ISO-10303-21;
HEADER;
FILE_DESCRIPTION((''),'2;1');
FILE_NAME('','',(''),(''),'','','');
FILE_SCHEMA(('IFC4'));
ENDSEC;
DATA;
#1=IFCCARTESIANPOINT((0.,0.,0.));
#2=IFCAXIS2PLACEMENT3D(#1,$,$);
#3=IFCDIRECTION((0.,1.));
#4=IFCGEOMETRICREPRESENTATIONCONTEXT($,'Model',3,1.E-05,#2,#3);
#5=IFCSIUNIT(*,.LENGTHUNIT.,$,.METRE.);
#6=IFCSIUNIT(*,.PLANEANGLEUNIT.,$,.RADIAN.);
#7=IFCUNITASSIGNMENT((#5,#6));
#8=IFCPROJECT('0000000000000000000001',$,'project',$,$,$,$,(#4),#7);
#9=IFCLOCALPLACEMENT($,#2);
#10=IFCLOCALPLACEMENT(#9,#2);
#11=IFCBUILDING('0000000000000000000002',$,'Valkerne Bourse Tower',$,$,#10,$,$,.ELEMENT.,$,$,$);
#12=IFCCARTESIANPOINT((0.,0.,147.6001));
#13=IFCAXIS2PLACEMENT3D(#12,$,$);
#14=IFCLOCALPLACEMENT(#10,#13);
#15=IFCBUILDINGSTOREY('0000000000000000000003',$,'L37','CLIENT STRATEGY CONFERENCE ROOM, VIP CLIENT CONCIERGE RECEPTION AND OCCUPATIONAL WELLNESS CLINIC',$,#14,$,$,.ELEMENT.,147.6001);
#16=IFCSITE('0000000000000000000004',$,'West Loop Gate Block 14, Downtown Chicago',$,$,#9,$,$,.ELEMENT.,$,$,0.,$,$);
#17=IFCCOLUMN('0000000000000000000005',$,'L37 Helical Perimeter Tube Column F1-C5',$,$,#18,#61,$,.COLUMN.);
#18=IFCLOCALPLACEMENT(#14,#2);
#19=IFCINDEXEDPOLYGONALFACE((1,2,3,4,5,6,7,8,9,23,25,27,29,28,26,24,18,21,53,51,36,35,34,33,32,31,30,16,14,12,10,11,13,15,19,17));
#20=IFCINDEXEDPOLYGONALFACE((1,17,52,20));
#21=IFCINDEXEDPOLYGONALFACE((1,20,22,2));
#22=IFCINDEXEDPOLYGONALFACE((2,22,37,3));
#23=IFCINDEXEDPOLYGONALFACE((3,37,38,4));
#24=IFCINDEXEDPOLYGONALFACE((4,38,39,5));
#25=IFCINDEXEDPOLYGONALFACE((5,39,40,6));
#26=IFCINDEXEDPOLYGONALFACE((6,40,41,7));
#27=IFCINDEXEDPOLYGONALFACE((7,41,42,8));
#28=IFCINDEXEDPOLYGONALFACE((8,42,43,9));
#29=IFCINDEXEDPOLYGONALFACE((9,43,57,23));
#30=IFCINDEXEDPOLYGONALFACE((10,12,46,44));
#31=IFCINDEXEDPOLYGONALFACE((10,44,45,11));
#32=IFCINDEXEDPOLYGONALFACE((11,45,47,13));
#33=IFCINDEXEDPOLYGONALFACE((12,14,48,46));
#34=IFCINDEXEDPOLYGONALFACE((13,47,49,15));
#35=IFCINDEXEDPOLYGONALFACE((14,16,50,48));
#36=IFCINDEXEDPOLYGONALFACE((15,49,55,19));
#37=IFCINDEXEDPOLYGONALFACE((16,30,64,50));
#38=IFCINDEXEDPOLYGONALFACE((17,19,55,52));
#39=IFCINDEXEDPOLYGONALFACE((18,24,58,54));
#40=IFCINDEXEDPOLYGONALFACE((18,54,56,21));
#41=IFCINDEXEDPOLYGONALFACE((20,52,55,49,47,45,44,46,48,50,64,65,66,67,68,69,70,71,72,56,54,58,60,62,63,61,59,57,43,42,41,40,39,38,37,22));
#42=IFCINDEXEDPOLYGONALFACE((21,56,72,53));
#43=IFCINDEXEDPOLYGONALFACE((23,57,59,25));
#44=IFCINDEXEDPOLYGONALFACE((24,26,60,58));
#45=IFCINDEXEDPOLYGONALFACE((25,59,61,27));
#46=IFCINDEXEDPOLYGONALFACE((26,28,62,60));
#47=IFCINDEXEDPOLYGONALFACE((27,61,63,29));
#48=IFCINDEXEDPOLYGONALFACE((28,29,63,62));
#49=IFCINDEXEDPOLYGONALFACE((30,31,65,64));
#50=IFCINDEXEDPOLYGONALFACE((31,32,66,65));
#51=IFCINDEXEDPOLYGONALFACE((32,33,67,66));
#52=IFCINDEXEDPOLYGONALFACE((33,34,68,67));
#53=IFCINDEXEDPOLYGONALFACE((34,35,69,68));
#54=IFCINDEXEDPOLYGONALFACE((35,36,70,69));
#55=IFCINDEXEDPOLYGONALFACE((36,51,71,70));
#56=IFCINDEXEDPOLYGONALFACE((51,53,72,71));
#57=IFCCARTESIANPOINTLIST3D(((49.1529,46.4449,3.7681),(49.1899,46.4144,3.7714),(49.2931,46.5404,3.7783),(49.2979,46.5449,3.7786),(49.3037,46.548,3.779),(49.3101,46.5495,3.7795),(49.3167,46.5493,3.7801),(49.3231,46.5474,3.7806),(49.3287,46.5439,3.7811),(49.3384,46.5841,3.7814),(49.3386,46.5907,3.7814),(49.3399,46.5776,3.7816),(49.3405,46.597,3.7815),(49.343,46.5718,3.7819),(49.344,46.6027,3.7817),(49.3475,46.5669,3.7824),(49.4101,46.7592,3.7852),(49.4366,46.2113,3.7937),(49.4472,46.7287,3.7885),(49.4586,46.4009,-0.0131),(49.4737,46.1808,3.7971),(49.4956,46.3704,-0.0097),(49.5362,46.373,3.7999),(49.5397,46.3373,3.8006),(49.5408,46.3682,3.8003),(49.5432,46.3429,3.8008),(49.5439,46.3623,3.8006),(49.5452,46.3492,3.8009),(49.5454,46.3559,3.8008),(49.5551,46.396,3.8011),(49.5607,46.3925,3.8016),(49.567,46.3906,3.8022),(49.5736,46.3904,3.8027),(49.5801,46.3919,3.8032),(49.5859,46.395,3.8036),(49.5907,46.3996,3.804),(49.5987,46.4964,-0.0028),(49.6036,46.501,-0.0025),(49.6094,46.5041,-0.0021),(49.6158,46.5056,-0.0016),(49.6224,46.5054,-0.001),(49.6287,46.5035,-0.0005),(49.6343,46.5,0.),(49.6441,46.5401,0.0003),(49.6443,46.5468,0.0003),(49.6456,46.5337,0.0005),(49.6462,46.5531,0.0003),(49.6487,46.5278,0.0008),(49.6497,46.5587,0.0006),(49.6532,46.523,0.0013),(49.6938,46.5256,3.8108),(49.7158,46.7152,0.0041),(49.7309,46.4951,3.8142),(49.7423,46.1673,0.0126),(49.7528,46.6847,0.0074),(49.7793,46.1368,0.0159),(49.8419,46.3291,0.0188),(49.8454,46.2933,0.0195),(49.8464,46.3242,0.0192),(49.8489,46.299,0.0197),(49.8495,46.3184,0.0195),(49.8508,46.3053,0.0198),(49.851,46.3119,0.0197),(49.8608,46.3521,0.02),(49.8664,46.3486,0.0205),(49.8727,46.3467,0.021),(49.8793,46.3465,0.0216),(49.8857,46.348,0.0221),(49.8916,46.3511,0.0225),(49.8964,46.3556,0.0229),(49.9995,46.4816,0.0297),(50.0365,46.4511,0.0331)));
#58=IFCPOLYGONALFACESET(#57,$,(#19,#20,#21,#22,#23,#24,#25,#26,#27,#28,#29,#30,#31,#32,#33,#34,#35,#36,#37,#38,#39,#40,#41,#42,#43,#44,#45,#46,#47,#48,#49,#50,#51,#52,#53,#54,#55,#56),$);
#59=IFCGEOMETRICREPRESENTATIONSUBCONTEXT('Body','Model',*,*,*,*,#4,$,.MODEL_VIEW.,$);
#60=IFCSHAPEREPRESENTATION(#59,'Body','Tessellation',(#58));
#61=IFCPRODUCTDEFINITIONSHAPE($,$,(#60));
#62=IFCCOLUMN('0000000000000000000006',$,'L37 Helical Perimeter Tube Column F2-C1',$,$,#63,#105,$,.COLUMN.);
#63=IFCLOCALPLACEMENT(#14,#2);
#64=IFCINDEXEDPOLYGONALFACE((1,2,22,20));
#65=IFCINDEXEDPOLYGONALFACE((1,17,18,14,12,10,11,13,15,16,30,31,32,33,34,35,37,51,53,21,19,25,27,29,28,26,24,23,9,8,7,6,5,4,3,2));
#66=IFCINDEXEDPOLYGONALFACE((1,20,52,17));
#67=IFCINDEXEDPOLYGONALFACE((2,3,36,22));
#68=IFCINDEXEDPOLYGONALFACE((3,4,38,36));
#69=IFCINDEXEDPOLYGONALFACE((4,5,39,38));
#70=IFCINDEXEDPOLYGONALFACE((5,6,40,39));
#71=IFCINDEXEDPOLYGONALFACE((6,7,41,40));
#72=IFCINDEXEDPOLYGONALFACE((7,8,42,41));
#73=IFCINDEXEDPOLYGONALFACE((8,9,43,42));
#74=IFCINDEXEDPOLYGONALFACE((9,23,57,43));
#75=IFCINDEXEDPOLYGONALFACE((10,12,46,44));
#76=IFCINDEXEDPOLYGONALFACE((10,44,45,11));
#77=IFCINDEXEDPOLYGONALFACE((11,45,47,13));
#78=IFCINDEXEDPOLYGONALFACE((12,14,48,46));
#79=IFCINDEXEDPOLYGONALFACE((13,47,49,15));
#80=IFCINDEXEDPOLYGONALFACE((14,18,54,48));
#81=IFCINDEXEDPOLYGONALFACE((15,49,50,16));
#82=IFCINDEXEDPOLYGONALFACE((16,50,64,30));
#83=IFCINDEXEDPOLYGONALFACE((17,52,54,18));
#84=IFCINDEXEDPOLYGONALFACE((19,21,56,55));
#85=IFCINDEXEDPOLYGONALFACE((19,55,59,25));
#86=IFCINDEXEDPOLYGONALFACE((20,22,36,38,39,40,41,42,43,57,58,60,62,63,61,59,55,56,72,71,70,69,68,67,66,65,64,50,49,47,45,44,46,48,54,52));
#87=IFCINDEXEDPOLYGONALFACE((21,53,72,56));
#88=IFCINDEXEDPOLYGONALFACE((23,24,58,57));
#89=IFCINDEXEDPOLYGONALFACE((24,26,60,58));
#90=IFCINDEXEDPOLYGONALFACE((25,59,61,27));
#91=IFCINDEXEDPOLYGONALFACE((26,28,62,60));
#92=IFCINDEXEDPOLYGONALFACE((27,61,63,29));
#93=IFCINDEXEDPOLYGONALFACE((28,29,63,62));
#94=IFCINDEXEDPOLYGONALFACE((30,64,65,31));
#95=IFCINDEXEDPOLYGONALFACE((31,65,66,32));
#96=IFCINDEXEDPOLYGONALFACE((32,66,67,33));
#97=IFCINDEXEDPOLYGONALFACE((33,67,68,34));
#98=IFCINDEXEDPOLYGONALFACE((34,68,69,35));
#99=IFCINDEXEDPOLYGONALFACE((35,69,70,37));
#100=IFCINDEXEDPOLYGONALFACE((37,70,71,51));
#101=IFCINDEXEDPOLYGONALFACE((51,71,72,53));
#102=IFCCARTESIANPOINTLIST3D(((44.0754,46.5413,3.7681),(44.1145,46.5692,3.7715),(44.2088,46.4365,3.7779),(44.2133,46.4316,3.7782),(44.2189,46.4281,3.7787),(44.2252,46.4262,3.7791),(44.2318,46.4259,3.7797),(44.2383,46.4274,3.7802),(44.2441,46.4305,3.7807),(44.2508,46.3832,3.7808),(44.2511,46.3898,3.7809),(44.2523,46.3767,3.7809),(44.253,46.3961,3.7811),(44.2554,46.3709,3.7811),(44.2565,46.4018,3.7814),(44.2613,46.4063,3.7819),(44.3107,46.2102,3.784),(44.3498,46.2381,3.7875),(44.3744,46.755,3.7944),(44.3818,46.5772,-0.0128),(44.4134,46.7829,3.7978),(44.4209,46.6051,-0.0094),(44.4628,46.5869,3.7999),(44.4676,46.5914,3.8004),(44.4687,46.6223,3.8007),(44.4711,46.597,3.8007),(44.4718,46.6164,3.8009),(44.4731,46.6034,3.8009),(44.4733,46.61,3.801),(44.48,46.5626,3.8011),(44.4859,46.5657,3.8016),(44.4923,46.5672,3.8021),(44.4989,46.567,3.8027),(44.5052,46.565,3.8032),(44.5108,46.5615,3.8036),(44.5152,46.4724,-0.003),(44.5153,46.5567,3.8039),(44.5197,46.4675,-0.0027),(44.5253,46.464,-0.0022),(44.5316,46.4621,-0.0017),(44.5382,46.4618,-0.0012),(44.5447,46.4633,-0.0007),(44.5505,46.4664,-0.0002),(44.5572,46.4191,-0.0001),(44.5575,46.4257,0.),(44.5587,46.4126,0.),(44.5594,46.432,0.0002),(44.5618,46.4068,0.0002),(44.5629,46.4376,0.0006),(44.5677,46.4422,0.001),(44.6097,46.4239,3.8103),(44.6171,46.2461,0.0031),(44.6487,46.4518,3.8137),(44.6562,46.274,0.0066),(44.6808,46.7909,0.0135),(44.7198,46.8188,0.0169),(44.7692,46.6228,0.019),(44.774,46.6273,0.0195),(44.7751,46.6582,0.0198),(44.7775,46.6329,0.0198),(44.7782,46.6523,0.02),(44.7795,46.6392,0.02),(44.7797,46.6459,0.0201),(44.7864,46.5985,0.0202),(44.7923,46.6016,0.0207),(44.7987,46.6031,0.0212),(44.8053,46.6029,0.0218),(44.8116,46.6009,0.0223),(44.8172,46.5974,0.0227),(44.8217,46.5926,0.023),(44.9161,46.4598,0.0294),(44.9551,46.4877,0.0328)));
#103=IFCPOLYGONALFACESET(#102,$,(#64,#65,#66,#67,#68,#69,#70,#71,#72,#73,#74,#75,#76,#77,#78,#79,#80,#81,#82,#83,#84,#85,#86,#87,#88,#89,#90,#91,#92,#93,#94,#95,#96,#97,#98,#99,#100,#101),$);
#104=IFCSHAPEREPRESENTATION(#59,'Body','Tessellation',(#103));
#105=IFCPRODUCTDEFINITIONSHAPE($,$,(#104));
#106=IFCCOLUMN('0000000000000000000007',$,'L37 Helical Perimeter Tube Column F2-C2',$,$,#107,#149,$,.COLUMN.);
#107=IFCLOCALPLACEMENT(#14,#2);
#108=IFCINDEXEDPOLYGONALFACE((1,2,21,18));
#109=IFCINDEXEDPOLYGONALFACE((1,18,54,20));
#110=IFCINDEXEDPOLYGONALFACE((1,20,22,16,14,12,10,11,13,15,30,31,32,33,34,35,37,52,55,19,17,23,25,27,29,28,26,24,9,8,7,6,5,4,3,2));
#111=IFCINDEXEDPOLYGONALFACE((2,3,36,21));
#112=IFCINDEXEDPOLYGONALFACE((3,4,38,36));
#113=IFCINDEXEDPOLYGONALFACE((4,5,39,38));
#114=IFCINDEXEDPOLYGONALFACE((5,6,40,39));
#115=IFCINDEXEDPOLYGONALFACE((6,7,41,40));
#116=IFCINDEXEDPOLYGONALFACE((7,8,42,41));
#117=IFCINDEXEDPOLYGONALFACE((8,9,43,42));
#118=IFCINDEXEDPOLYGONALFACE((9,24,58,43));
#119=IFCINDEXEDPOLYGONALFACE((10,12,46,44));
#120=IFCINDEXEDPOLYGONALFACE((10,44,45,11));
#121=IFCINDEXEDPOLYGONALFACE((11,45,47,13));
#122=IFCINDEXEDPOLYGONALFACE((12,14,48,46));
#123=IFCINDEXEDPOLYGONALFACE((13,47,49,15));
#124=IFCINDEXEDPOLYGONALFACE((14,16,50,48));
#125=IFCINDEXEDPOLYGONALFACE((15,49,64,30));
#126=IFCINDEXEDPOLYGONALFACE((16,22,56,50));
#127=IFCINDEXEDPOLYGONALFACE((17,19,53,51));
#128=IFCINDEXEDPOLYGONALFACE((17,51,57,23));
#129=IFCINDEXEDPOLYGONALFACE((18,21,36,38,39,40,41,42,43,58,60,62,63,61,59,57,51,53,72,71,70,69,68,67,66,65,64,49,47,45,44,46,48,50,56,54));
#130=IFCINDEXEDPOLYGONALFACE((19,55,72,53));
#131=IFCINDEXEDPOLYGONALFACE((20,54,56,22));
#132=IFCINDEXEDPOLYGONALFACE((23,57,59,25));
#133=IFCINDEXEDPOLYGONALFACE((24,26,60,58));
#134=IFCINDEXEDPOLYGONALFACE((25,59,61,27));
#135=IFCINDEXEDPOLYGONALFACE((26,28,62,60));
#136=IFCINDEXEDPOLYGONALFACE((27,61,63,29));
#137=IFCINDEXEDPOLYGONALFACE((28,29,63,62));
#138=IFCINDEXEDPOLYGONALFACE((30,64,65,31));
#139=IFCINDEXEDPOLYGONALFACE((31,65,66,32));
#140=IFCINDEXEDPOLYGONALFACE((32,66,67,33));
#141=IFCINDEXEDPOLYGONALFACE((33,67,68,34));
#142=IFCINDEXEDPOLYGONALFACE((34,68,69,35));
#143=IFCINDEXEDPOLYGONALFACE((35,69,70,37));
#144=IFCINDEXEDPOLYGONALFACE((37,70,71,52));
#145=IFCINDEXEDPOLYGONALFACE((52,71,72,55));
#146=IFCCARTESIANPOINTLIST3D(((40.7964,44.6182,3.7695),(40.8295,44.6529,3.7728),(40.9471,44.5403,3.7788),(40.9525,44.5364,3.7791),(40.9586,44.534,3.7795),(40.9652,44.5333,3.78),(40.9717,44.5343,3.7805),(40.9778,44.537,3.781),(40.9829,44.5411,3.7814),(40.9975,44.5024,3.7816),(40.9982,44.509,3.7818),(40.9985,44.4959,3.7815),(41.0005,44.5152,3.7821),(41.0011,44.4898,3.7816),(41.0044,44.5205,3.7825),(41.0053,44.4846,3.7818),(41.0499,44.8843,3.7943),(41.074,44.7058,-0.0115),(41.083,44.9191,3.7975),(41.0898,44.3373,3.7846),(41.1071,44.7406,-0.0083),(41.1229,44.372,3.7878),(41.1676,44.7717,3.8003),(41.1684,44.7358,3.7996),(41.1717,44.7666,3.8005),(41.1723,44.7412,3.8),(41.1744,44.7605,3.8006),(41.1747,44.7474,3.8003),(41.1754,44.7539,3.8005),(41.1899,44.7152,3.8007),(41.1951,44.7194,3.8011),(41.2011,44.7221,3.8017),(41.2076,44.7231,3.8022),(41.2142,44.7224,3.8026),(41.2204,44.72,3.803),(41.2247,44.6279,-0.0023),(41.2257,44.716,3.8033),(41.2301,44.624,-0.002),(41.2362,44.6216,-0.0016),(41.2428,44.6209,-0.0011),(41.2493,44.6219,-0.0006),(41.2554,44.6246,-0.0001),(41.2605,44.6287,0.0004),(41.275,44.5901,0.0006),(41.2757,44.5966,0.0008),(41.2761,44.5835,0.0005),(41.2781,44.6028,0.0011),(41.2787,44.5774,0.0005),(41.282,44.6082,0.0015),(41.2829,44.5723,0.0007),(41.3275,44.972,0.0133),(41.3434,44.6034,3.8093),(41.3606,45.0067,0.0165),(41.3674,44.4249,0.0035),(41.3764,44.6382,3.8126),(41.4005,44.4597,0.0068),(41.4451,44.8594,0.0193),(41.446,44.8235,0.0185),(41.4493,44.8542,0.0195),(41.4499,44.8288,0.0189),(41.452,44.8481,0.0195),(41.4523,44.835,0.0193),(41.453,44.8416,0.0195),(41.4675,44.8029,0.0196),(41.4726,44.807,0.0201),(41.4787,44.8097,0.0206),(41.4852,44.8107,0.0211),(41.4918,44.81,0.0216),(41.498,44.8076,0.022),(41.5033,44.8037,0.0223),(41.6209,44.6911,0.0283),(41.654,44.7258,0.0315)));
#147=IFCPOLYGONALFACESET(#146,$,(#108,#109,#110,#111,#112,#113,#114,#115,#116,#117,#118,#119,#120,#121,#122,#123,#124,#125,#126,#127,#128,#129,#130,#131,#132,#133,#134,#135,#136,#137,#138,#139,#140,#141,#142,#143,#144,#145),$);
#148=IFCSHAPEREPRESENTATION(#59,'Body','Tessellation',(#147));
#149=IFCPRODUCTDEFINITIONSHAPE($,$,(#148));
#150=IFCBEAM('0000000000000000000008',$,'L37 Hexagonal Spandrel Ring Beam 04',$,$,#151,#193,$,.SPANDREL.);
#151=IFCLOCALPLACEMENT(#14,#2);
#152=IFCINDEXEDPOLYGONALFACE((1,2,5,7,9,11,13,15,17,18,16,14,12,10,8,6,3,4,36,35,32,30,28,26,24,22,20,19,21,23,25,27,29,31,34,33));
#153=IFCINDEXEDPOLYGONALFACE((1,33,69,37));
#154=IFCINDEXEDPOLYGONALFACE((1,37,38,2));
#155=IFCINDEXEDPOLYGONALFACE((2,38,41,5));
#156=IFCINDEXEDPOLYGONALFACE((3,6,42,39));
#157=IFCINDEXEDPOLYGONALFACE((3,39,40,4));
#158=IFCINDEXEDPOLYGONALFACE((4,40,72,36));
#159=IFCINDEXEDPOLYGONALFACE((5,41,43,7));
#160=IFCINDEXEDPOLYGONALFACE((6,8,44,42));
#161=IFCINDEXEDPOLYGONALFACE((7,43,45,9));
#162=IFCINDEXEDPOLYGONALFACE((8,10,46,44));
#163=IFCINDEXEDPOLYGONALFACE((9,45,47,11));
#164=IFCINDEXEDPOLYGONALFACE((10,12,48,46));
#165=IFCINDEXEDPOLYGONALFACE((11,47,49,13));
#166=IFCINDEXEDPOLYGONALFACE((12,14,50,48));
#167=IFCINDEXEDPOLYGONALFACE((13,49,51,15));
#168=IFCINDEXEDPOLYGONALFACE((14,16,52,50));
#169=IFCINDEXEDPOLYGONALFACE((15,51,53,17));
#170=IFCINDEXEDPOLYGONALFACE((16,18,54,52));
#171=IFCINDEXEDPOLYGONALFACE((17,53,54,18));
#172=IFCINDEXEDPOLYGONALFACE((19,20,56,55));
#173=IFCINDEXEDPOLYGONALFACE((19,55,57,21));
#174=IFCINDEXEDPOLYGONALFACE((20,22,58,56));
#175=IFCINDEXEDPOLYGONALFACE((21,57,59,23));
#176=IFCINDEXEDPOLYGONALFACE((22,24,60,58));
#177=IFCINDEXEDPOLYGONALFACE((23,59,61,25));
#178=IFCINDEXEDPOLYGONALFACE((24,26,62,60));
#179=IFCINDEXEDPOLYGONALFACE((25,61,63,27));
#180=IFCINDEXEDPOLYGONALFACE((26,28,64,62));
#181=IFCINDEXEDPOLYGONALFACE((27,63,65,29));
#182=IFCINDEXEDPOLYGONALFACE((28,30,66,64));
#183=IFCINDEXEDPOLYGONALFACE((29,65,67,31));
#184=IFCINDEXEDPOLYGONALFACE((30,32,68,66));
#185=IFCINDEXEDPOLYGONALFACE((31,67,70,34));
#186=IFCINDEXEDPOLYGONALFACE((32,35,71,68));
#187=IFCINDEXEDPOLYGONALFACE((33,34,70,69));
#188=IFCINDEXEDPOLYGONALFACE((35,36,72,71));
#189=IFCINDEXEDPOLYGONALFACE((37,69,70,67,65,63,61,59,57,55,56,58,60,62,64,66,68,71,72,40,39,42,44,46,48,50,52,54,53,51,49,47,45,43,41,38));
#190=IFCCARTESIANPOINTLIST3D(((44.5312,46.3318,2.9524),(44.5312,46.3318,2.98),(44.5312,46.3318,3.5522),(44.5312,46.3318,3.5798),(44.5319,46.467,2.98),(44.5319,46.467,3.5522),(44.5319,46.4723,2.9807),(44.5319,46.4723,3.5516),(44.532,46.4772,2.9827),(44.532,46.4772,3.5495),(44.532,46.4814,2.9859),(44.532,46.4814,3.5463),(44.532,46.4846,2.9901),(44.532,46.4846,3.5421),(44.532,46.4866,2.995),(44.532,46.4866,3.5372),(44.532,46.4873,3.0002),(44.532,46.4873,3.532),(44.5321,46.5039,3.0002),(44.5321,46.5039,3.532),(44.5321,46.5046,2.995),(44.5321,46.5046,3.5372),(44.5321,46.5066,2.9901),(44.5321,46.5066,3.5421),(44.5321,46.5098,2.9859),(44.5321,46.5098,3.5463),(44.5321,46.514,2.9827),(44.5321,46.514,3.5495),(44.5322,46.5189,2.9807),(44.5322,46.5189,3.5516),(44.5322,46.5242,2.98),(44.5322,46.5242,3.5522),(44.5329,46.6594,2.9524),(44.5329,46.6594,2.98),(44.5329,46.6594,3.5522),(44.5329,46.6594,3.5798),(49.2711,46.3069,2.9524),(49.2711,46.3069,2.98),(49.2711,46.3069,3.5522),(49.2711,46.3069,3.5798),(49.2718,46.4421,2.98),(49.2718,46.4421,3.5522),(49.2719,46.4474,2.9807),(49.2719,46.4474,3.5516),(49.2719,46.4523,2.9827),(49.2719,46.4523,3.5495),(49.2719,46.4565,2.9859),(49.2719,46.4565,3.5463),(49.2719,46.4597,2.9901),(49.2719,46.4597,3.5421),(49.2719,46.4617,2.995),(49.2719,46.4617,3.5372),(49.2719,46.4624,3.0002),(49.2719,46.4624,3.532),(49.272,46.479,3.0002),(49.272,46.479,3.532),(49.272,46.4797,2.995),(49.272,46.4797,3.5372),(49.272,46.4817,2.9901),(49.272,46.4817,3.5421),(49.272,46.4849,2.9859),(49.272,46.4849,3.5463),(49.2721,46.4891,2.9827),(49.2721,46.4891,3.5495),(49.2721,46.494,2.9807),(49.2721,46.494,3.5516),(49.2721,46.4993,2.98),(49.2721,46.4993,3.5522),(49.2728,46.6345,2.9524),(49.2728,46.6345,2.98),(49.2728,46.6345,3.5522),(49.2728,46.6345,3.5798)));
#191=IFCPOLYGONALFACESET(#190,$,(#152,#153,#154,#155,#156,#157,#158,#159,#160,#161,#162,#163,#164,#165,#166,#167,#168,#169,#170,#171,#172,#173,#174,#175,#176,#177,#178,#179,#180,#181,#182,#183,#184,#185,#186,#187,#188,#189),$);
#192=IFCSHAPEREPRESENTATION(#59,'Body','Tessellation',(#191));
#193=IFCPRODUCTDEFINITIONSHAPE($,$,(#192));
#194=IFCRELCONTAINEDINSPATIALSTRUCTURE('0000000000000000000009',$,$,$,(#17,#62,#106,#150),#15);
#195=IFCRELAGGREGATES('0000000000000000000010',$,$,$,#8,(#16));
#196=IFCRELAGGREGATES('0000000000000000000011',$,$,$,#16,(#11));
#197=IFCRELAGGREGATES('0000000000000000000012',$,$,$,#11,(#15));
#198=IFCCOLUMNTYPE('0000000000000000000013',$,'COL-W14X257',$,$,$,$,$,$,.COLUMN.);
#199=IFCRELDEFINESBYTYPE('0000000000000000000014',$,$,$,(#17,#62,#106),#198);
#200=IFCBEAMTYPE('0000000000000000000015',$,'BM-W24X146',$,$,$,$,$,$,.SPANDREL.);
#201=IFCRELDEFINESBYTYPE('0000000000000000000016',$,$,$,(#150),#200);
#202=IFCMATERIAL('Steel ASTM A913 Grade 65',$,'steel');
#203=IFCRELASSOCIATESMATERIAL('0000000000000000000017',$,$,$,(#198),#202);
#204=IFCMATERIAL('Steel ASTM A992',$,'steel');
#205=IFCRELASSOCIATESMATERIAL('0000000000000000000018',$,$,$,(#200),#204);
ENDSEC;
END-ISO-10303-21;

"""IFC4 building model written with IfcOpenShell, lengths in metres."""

from ifc_helpers import new_model, si_unit, direction, frame, origin, origin_2d, place, context, subcontext, project, spatial, i_section, extrude, material, material_profile, profile_set, type_object, element, save


model = new_model("IFC4")

# Units and contexts
model_context = context("Model", 3, precision=1e-05, world=origin(), true_north=direction((0.0, 1.0)))
body_context = subcontext(model_context, "Body", "Model", "MODEL_VIEW")
ifc_project = project(units=[si_unit("LENGTHUNIT", "METRE"), si_unit("PLANEANGLEUNIT", "RADIAN")], contexts=[model_context])

# Site, building, storey
site_placement = place(None, origin())
site = spatial("IfcSite", under=ifc_project, at=site_placement, Name="West Loop Gate Block 14, Downtown Chicago", CompositionType="ELEMENT", RefElevation=0.0)
building_placement = place(site_placement, origin())
building = spatial("IfcBuilding", under=site, at=building_placement, Name="Valkerne Bourse Tower", CompositionType="ELEMENT")
storey_placement = place(building_placement, frame((0.0, 0.0, 147.6001)))
storey = spatial("IfcBuildingStorey", under=building, at=storey_placement, Name="L37", Description="CLIENT STRATEGY CONFERENCE ROOM, VIP CLIENT CONCIERGE RECEPTION AND OCCUPATIONAL WELLNESS CLINIC", CompositionType="ELEMENT", Elevation=147.6001)

# Columns
ifc_material_1 = material(Name="Steel ASTM A913 Grade 65", Category="steel")
ifc_material_profile_1 = material_profile(ifc_material_1, i_section(OverallWidth=0.4065, OverallDepth=0.4165, WebThickness=0.0298, FlangeThickness=0.0481, FilletRadius=0.0254, at=origin_2d()), Name="W14X257")
ifc_profile_set_1 = profile_set([ifc_material_profile_1], Name="Steel ASTM A913 Grade 65")
column_type = type_object("IfcColumnType", Name="COL-W14X257", PredefinedType="COLUMN", material=ifc_profile_set_1)
column_1_placement = place(storey_placement, frame((49.7476, 46.426, 0.01), z_axis=(-0.080574, 0.011584, 0.996681), x_axis=(0.632777, 0.773185, 0.042169)))
element("IfcColumn", 1, at=column_1_placement, inside=storey, type_object=column_type, Name="L37 Helical Perimeter Tube Column F1-C5", PredefinedType="COLUMN", context=body_context, shape_type="SweptSolid", body=[
    extrude(i_section(OverallWidth=0.4065, OverallDepth=0.4165, WebThickness=0.0298, FlangeThickness=0.0481, FilletRadius=0.0254, at=origin_2d()), origin(), (0.0, 0.0, 1.0), 3.7937),
])
column_2_placement = place(storey_placement, frame((44.6685, 46.5325, 0.01), z_axis=(-0.080767, -0.00946, 0.996688), x_axis=(-0.578844, 0.814497, -0.039176)))
element("IfcColumn", 2, at=column_2_placement, inside=storey, type_object=column_type, Name="L37 Helical Perimeter Tube Column F2-C1", PredefinedType="COLUMN", context=body_context, shape_type="SweptSolid", body=[
    extrude(i_section(OverallWidth=0.4065, OverallDepth=0.4165, WebThickness=0.0298, FlangeThickness=0.0481, FilletRadius=0.0254, at=origin_2d()), origin(), (0.0, 0.0, 1.0), 3.7935),
])
column_3_placement = place(storey_placement, frame((41.364, 44.7158, 0.01), z_axis=(-0.0732, -0.023112, 0.997049), x_axis=(-0.721891, 0.691018, -0.03698)))
element("IfcColumn", 3, at=column_3_placement, inside=storey, type_object=column_type, Name="L37 Helical Perimeter Tube Column F2-C2", PredefinedType="COLUMN", context=body_context, shape_type="SweptSolid", body=[
    extrude(i_section(OverallWidth=0.4065, OverallDepth=0.4165, WebThickness=0.0298, FlangeThickness=0.0481, FilletRadius=0.0254, at=origin_2d()), origin(), (0.0, 0.0, 1.0), 3.7922),
])

# Beam
ifc_material_2 = material(Name="Steel ASTM A992", Category="steel")
ifc_material_profile_2 = material_profile(ifc_material_2, i_section(OverallWidth=0.3276, OverallDepth=0.6274, WebThickness=0.0166, FlangeThickness=0.0276, FilletRadius=0.0203, at=origin_2d()), Name="W24X146")
ifc_profile_set_2 = profile_set([ifc_material_profile_2], Name="Steel ASTM A992")
beam_type_1 = type_object("IfcBeamType", Name="BM-W24X146", PredefinedType="SPANDREL", material=ifc_profile_set_2)
beam_1_placement = place(storey_placement, frame((49.272, 46.4707, 3.2661), z_axis=(-0.999986, 0.005254, 0.0), x_axis=(-0.005254, -0.999986, 0.0)))
element("IfcBeam", 4, at=beam_1_placement, inside=storey, type_object=beam_type_1, Name="L37 Hexagonal Spandrel Ring Beam 04", PredefinedType="SPANDREL", context=body_context, shape_type="SweptSolid", body=[
    extrude(i_section(OverallWidth=0.3276, OverallDepth=0.6274, WebThickness=0.0166, FlangeThickness=0.0276, FilletRadius=0.0203, at=origin_2d()), origin(), (0.0, 0.0, 1.0), 4.74),
])

save(model, "model.ifc")
